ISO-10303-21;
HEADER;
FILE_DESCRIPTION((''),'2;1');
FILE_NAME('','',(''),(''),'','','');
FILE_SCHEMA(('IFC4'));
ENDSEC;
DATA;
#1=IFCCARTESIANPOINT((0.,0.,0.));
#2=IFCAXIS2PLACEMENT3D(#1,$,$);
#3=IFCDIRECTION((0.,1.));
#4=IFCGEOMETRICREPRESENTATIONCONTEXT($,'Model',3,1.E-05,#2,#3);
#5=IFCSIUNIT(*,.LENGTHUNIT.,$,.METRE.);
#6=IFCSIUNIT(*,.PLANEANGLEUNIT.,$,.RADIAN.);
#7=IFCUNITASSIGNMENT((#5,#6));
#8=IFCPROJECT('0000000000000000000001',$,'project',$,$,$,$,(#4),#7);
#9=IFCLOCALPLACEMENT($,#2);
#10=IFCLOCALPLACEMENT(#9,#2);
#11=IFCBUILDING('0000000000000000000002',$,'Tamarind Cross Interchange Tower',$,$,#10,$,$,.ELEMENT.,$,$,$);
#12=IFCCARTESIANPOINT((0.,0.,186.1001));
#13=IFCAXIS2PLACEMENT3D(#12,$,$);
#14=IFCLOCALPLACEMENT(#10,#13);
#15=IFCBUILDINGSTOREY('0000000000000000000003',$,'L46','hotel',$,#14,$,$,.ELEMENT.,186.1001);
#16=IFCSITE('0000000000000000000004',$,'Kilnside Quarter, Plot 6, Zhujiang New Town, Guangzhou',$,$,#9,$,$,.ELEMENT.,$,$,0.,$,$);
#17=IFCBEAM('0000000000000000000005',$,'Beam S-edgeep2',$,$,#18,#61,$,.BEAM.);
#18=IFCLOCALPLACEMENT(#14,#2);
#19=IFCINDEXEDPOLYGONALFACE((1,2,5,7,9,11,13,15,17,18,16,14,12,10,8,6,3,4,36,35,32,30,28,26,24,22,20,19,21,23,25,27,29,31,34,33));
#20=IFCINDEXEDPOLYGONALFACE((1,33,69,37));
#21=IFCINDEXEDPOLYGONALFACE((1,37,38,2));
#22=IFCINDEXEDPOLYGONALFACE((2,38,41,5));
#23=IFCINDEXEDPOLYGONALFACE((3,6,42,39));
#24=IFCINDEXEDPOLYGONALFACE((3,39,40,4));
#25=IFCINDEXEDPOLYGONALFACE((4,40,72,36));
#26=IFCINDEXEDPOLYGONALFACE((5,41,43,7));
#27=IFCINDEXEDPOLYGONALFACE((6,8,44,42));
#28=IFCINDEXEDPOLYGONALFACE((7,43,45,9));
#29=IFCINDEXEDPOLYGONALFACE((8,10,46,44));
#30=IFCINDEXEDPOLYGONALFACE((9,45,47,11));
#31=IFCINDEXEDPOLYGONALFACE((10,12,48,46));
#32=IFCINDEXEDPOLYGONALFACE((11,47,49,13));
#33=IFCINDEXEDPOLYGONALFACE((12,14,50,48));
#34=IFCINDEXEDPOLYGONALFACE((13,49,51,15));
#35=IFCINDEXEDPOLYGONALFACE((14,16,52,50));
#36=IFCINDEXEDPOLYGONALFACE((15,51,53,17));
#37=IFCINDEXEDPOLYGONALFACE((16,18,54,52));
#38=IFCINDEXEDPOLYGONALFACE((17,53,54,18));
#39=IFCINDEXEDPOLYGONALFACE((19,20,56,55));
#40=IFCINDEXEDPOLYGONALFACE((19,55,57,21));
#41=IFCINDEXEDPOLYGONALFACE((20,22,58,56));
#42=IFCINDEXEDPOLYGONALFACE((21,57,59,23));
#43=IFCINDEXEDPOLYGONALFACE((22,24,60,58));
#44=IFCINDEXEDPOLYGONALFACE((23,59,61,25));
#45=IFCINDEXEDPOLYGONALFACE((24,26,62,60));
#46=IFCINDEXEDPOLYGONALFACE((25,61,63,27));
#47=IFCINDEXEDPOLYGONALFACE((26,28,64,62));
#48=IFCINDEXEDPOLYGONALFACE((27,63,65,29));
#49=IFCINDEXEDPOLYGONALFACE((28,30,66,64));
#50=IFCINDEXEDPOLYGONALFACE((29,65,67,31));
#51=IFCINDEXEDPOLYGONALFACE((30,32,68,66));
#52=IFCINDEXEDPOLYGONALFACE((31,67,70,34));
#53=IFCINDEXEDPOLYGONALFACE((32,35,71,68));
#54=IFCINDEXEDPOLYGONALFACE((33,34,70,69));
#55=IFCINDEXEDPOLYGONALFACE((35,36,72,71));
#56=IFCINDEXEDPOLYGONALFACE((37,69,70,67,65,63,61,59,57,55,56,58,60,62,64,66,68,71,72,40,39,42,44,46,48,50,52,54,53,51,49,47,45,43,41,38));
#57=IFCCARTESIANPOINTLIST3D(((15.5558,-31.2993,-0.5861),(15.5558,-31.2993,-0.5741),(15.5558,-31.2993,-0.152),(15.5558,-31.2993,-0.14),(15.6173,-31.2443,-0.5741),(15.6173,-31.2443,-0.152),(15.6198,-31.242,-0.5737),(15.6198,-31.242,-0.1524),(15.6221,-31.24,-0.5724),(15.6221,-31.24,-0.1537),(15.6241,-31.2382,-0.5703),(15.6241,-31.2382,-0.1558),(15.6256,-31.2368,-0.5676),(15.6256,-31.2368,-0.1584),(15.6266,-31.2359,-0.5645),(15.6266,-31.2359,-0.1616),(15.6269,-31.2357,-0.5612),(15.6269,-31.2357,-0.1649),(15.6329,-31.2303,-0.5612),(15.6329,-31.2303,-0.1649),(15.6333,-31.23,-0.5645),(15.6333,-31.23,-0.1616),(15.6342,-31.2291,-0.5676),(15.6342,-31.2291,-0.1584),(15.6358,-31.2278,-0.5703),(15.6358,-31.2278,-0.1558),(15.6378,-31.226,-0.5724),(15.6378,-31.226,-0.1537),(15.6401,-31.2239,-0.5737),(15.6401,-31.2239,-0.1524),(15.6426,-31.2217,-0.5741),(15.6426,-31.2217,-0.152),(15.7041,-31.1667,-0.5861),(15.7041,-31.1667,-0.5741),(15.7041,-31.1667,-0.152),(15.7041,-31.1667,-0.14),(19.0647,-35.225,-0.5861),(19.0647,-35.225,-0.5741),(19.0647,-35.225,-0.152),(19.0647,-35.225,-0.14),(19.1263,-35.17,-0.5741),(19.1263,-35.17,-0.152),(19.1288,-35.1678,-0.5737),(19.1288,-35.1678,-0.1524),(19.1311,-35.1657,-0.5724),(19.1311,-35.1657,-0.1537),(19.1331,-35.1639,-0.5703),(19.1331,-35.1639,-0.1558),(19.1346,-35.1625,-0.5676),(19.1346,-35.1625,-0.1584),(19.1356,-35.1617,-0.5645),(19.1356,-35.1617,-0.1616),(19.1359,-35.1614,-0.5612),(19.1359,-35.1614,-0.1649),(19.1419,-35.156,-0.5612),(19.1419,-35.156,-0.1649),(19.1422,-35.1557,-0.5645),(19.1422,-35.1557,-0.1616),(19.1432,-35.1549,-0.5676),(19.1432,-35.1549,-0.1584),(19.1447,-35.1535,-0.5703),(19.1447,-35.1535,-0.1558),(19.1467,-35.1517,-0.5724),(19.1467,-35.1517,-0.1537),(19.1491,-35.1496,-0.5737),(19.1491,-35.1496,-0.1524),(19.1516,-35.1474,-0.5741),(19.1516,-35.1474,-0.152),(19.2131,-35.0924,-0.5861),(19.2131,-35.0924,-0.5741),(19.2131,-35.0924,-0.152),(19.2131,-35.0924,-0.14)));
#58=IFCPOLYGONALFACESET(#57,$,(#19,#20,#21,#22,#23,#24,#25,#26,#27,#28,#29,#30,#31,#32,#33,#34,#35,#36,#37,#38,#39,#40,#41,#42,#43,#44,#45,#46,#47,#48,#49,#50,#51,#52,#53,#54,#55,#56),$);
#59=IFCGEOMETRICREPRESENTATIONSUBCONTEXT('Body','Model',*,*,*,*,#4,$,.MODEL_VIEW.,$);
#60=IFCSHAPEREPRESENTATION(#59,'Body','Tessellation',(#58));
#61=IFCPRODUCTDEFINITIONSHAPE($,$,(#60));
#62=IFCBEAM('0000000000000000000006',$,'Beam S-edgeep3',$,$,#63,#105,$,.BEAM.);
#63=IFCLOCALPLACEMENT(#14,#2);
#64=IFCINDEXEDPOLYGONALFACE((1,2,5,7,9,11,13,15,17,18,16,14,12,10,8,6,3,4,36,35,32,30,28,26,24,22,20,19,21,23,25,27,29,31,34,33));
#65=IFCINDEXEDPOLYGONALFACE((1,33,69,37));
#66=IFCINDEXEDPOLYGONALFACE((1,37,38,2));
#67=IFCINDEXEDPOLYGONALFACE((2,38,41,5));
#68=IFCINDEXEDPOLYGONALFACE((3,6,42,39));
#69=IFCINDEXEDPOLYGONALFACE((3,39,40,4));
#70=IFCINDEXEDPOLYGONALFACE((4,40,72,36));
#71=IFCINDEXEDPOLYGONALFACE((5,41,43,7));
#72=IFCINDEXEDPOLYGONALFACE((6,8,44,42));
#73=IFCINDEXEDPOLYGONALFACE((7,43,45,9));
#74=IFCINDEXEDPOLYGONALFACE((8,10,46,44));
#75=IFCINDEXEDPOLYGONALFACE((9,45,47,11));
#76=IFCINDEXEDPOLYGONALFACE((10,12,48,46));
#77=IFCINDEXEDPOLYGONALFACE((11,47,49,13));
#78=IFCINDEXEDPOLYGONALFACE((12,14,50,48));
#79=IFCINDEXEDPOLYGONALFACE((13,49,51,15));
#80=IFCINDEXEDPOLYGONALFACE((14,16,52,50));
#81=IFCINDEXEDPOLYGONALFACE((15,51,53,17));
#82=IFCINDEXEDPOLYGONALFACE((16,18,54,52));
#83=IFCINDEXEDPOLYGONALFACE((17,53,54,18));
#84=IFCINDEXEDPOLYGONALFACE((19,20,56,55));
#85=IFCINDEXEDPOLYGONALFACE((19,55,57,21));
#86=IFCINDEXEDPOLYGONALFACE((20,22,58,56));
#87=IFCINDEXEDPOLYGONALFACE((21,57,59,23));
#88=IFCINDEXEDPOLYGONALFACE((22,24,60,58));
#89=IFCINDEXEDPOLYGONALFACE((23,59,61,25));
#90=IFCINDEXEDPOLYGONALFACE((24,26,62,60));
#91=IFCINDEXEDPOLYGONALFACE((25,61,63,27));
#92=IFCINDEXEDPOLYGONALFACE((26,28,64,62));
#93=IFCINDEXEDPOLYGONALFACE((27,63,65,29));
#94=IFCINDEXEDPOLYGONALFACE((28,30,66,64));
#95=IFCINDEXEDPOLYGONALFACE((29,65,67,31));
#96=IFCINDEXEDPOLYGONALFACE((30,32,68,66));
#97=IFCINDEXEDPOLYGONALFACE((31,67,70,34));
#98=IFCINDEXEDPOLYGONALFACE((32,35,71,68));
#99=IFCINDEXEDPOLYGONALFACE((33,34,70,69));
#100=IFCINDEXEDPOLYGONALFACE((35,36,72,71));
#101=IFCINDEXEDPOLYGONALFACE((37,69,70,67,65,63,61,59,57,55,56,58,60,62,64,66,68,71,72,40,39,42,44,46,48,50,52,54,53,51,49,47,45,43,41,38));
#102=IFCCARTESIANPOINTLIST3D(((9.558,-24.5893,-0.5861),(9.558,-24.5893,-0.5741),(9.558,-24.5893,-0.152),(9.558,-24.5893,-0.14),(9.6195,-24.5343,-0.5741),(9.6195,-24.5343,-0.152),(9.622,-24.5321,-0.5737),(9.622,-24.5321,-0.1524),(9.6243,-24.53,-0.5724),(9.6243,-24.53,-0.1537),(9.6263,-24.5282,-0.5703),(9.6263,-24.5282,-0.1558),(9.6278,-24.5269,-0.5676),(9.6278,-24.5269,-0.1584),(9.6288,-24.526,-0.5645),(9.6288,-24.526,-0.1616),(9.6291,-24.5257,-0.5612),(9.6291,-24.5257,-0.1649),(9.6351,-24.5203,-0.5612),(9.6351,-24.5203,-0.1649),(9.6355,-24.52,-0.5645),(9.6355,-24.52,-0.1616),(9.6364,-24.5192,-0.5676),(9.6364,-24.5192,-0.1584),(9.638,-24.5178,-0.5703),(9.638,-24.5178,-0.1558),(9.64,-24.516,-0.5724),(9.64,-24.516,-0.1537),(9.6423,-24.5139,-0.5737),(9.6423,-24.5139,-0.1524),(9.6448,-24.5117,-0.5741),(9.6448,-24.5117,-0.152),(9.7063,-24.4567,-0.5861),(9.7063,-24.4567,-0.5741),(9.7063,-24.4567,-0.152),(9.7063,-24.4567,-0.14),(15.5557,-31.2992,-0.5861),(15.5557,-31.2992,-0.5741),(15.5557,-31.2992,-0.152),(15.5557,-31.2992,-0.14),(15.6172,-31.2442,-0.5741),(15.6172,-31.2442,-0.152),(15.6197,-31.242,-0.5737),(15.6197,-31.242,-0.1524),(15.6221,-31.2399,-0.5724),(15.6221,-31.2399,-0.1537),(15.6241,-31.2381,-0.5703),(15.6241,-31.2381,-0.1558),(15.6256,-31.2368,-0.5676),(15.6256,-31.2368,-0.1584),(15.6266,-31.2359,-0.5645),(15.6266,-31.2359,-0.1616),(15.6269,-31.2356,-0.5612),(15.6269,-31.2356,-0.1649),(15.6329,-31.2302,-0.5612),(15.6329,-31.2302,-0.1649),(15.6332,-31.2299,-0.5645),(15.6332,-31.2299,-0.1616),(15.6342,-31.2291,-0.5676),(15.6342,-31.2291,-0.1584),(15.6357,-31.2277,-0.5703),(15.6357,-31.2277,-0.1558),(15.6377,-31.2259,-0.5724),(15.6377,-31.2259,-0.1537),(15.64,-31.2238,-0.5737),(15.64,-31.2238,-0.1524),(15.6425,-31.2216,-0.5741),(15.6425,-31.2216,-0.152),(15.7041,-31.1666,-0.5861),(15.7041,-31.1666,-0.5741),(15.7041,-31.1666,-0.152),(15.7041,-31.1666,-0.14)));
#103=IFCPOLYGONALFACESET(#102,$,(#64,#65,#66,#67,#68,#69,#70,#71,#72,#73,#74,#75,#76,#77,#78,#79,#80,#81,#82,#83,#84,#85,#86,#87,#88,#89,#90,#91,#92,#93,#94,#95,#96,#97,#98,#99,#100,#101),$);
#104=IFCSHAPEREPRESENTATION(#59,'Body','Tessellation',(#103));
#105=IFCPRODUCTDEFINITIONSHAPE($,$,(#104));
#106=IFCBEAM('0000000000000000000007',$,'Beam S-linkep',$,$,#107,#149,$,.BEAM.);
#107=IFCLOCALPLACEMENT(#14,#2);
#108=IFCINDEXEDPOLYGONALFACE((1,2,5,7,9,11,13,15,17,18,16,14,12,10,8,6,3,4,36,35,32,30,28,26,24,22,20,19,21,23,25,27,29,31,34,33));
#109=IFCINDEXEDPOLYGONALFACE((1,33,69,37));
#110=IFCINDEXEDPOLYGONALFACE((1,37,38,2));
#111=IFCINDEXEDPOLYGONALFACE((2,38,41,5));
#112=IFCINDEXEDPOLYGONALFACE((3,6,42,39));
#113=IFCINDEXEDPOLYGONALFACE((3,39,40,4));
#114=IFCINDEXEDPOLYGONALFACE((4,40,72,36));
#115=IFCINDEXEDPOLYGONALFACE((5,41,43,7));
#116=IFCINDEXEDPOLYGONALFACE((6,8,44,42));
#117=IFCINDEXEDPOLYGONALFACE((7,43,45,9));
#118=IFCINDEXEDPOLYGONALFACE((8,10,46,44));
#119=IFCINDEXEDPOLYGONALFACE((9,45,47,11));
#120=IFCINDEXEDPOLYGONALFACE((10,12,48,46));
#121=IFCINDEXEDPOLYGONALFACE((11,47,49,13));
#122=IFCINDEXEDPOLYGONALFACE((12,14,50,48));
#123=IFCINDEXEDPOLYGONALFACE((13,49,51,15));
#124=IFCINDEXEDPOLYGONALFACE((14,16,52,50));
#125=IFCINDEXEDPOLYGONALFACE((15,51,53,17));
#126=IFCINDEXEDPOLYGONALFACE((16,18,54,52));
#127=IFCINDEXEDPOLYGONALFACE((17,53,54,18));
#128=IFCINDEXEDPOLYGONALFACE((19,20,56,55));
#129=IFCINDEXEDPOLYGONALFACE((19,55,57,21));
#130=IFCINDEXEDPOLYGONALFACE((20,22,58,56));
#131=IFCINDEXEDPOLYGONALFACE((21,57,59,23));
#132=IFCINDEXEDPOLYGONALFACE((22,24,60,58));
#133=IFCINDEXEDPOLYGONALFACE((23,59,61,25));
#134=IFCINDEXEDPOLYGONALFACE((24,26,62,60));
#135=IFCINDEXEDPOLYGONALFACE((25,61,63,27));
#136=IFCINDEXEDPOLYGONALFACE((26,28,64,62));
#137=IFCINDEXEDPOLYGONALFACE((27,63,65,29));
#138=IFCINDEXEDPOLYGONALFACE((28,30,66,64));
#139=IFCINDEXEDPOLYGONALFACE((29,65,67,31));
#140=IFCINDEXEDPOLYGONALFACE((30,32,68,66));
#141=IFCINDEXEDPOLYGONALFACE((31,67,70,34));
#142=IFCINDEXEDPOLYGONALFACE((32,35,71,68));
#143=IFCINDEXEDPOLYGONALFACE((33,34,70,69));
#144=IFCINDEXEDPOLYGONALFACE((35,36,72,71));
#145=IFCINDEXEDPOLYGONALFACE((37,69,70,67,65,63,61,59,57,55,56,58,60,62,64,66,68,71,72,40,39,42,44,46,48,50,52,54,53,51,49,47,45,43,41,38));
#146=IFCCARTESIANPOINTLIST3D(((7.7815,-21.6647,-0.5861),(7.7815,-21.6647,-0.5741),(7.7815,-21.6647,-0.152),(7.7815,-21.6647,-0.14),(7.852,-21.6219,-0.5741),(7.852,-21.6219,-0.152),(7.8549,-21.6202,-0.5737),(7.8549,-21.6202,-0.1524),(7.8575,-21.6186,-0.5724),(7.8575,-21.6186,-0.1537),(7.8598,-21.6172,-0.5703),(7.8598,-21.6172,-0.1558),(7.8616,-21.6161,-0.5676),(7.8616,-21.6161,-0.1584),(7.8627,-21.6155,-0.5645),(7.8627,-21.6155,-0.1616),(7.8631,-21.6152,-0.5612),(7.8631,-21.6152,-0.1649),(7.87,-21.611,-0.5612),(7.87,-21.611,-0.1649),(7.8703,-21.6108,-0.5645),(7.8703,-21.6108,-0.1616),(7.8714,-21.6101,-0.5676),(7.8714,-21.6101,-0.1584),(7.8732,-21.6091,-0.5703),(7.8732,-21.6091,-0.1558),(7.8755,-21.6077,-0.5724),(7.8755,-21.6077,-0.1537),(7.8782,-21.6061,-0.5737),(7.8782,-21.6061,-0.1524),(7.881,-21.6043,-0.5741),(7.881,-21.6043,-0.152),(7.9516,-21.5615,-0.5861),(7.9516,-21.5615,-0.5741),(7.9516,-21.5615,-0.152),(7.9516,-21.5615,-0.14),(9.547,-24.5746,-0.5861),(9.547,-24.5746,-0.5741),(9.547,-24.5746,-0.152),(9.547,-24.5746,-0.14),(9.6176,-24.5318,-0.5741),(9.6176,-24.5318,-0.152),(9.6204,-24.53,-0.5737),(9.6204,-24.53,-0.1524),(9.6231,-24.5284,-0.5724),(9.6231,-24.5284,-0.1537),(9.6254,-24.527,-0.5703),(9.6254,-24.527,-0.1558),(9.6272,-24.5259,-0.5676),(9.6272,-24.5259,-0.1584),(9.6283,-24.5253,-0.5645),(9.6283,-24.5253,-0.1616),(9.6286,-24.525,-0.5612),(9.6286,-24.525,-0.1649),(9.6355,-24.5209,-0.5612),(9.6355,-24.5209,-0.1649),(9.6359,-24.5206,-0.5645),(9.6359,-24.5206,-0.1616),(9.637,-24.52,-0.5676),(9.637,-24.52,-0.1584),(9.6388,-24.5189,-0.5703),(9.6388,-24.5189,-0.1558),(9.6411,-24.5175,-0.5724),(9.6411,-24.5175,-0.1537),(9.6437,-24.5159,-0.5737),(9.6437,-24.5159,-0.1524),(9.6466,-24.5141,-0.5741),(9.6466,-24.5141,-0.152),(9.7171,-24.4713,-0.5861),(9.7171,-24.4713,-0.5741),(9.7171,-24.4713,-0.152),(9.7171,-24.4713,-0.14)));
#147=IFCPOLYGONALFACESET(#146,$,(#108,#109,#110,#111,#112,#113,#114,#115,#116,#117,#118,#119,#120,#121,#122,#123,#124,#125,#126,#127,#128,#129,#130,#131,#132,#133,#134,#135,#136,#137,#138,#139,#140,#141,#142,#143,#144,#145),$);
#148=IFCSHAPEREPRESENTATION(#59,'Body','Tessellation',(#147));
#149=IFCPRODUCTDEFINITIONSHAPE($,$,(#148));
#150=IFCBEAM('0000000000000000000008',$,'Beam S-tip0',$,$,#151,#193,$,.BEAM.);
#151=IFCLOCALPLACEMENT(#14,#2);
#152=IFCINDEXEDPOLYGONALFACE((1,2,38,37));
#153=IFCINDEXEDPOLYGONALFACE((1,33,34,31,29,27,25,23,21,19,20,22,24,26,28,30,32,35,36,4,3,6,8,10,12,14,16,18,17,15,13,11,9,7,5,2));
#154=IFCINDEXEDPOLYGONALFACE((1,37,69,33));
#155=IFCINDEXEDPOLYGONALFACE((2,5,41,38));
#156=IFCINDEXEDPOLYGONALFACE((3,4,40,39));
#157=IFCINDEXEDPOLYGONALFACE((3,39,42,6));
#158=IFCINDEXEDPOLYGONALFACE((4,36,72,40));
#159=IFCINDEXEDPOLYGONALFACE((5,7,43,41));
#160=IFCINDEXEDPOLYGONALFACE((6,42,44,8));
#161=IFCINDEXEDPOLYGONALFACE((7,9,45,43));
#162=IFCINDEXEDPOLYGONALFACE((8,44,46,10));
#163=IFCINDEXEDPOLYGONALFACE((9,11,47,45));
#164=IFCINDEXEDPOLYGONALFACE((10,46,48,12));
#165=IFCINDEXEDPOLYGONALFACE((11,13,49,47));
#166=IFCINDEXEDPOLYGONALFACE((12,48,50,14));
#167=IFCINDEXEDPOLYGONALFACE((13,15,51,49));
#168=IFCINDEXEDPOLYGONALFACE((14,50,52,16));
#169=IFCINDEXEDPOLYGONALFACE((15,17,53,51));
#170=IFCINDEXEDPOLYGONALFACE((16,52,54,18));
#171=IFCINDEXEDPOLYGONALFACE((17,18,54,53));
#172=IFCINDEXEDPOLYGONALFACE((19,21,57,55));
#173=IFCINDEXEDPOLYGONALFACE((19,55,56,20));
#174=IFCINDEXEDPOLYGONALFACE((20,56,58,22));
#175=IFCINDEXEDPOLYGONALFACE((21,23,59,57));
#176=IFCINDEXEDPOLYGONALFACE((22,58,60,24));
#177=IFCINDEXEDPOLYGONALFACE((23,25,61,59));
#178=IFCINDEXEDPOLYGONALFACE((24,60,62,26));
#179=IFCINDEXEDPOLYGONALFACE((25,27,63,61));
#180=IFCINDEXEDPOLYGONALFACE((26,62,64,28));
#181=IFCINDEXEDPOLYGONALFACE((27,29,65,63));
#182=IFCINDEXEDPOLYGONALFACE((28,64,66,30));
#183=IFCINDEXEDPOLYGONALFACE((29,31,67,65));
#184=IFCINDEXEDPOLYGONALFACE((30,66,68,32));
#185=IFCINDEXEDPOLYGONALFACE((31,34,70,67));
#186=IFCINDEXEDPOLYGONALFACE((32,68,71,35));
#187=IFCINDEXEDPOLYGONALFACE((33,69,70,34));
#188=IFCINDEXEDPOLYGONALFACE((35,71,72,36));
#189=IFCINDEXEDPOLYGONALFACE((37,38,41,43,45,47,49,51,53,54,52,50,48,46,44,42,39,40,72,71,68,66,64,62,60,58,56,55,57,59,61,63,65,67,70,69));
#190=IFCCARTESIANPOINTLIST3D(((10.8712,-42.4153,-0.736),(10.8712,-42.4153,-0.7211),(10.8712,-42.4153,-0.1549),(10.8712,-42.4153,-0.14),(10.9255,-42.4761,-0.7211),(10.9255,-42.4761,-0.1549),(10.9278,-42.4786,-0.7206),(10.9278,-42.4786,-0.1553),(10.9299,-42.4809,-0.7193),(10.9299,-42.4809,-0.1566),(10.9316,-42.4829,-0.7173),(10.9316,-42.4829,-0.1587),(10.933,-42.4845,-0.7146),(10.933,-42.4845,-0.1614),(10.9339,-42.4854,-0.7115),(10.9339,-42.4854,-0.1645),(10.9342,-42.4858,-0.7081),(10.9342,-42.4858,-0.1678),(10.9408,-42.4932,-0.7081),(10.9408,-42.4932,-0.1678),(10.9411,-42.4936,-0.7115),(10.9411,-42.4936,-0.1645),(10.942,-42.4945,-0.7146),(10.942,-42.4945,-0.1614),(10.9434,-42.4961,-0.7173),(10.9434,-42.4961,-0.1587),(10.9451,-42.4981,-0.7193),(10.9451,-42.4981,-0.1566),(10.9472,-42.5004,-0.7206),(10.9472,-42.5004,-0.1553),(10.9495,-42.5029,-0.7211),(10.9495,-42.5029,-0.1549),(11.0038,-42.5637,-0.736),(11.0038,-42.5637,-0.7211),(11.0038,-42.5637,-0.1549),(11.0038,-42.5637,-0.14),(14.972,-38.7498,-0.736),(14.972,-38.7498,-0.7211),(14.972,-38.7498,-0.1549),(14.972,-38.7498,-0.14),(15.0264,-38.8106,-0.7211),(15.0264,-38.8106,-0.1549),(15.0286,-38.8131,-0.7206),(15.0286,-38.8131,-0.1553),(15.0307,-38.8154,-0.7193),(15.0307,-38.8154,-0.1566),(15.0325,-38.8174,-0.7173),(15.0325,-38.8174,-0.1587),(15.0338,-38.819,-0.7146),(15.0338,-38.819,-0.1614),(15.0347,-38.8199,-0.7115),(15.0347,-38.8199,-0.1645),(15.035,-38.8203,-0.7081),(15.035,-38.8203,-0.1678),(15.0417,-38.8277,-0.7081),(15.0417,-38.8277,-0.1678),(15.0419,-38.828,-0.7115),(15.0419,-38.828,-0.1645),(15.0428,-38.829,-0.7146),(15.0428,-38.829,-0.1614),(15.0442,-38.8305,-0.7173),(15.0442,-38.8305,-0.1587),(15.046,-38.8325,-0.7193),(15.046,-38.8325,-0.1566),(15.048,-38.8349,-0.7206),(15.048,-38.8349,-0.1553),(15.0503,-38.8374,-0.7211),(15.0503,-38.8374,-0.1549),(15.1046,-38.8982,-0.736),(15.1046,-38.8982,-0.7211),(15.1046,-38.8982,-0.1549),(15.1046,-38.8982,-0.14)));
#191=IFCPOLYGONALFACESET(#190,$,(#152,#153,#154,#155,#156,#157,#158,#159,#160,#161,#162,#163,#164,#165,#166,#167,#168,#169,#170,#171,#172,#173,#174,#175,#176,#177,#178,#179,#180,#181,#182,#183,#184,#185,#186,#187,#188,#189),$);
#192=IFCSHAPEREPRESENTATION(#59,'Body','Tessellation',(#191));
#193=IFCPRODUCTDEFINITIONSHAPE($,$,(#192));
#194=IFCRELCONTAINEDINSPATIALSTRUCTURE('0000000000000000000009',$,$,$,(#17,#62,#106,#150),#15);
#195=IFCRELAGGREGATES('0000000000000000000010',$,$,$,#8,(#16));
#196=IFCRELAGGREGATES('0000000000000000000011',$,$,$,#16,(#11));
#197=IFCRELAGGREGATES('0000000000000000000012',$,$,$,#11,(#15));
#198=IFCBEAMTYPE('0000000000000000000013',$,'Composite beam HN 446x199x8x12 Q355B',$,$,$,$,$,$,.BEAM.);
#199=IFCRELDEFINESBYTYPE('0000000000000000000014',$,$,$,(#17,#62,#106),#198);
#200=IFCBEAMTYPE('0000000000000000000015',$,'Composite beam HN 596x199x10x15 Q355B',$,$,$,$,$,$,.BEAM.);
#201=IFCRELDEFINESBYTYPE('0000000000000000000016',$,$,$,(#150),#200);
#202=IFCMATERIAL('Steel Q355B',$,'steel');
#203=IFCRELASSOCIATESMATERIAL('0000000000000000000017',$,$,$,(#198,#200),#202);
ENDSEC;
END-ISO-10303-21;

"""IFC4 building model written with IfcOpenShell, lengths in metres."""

from ifc_helpers import new_model, si_unit, direction, frame, origin, origin_2d, place, context, subcontext, project, spatial, i_section, extrude, material, material_profile, profile_set, type_object, element, save


model = new_model("IFC4")

# Units and contexts
model_context = context("Model", 3, precision=1e-05, world=origin(), true_north=direction((0.0, 1.0)))
body_context = subcontext(model_context, "Body", "Model", "MODEL_VIEW")
ifc_project = project(units=[si_unit("LENGTHUNIT", "METRE"), si_unit("PLANEANGLEUNIT", "RADIAN")], contexts=[model_context])

# Site, building, storey
site_placement = place(None, origin())
site = spatial("IfcSite", under=ifc_project, at=site_placement, Name="Kilnside Quarter, Plot 6, Zhujiang New Town, Guangzhou", CompositionType="ELEMENT", RefElevation=0.0)
building_placement = place(site_placement, origin())
building = spatial("IfcBuilding", under=site, at=building_placement, Name="Tamarind Cross Interchange Tower", CompositionType="ELEMENT")
storey_placement = place(building_placement, frame((0.0, 0.0, 186.1001)))
storey = spatial("IfcBuildingStorey", under=building, at=storey_placement, Name="L46", Description="hotel", CompositionType="ELEMENT", Elevation=186.1001)

# Beams
ifc_material_1 = material(Name="Steel Q355B", Category="steel")
ifc_material_profile_1 = material_profile(ifc_material_1, i_section(OverallWidth=0.199, OverallDepth=0.446, WebThickness=0.0081, FlangeThickness=0.012, FilletRadius=0.0129, at=origin_2d()), Name="HN 446x199x8x12")
ifc_profile_set_1 = profile_set([ifc_material_profile_1], Name="Steel Q355B")
beam_type_1 = type_object("IfcBeamType", Name="Composite beam HN 446x199x8x12 Q355B", PredefinedType="BEAM", material=ifc_profile_set_1)
beam_1_placement = place(storey_placement, frame((19.1389, -35.1587, -0.363), z_axis=(-0.666425, 0.745572, 0.0), x_axis=(-0.745572, -0.666425, 0.0)))
element("IfcBeam", 1, at=beam_1_placement, inside=storey, type_object=beam_type_1, Name="Beam S-edgeep2", PredefinedType="BEAM", context=body_context, shape_type="SweptSolid", body=[
    extrude(i_section(OverallWidth=0.199, OverallDepth=0.446, WebThickness=0.0081, FlangeThickness=0.012, FilletRadius=0.0129, at=origin_2d()), origin(), (0.0, 0.0, 1.0), 5.2654),
])
beam_2_placement = place(storey_placement, frame((15.6299, -31.2329, -0.363), z_axis=(-0.666434, 0.745564, 0.0), x_axis=(-0.745564, -0.666434, 0.0)))
element("IfcBeam", 2, at=beam_2_placement, inside=storey, type_object=beam_type_1, Name="Beam S-edgeep3", PredefinedType="BEAM", context=body_context, shape_type="SweptSolid", body=[
    extrude(i_section(OverallWidth=0.199, OverallDepth=0.446, WebThickness=0.0081, FlangeThickness=0.012, FilletRadius=0.0129, at=origin_2d()), origin(), (0.0, 0.0, 1.0), 8.9998),
])
beam_3_placement = place(storey_placement, frame((9.6321, -24.5229, -0.363), z_axis=(-0.51874, 0.854932, 0.0), x_axis=(-0.854932, -0.51874, 0.0)))
element("IfcBeam", 3, at=beam_3_placement, inside=storey, type_object=beam_type_1, Name="Beam S-linkep", PredefinedType="BEAM", context=body_context, shape_type="SweptSolid", body=[
    extrude(i_section(OverallWidth=0.199, OverallDepth=0.446, WebThickness=0.0081, FlangeThickness=0.012, FilletRadius=0.0129, at=origin_2d()), origin(), (0.0, 0.0, 1.0), 3.4036),
])
ifc_material_profile_2 = material_profile(ifc_material_1, i_section(OverallWidth=0.199, OverallDepth=0.5959, WebThickness=0.01, FlangeThickness=0.0149, FilletRadius=0.0129, at=origin_2d()), Name="HN 596x199x10x15")
ifc_profile_set_2 = profile_set([ifc_material_profile_2], Name="Steel Q355B")
beam_type_2 = type_object("IfcBeamType", Name="Composite beam HN 596x199x10x15 Q355B", PredefinedType="BEAM", material=ifc_profile_set_2)
beam_4_placement = place(storey_placement, frame((10.9375, -42.4895, -0.438), z_axis=(0.74557, 0.666428, 0.0), x_axis=(-0.666428, 0.74557, 0.0)))
element("IfcBeam", 4, at=beam_4_placement, inside=storey, type_object=beam_type_2, Name="Beam S-tip0", PredefinedType="BEAM", context=body_context, shape_type="SweptSolid", body=[
    extrude(i_section(OverallWidth=0.199, OverallDepth=0.5959, WebThickness=0.01, FlangeThickness=0.0149, FilletRadius=0.0129, at=origin_2d()), origin(), (0.0, 0.0, 1.0), 5.5002),
])

save(model, "model.ifc")
